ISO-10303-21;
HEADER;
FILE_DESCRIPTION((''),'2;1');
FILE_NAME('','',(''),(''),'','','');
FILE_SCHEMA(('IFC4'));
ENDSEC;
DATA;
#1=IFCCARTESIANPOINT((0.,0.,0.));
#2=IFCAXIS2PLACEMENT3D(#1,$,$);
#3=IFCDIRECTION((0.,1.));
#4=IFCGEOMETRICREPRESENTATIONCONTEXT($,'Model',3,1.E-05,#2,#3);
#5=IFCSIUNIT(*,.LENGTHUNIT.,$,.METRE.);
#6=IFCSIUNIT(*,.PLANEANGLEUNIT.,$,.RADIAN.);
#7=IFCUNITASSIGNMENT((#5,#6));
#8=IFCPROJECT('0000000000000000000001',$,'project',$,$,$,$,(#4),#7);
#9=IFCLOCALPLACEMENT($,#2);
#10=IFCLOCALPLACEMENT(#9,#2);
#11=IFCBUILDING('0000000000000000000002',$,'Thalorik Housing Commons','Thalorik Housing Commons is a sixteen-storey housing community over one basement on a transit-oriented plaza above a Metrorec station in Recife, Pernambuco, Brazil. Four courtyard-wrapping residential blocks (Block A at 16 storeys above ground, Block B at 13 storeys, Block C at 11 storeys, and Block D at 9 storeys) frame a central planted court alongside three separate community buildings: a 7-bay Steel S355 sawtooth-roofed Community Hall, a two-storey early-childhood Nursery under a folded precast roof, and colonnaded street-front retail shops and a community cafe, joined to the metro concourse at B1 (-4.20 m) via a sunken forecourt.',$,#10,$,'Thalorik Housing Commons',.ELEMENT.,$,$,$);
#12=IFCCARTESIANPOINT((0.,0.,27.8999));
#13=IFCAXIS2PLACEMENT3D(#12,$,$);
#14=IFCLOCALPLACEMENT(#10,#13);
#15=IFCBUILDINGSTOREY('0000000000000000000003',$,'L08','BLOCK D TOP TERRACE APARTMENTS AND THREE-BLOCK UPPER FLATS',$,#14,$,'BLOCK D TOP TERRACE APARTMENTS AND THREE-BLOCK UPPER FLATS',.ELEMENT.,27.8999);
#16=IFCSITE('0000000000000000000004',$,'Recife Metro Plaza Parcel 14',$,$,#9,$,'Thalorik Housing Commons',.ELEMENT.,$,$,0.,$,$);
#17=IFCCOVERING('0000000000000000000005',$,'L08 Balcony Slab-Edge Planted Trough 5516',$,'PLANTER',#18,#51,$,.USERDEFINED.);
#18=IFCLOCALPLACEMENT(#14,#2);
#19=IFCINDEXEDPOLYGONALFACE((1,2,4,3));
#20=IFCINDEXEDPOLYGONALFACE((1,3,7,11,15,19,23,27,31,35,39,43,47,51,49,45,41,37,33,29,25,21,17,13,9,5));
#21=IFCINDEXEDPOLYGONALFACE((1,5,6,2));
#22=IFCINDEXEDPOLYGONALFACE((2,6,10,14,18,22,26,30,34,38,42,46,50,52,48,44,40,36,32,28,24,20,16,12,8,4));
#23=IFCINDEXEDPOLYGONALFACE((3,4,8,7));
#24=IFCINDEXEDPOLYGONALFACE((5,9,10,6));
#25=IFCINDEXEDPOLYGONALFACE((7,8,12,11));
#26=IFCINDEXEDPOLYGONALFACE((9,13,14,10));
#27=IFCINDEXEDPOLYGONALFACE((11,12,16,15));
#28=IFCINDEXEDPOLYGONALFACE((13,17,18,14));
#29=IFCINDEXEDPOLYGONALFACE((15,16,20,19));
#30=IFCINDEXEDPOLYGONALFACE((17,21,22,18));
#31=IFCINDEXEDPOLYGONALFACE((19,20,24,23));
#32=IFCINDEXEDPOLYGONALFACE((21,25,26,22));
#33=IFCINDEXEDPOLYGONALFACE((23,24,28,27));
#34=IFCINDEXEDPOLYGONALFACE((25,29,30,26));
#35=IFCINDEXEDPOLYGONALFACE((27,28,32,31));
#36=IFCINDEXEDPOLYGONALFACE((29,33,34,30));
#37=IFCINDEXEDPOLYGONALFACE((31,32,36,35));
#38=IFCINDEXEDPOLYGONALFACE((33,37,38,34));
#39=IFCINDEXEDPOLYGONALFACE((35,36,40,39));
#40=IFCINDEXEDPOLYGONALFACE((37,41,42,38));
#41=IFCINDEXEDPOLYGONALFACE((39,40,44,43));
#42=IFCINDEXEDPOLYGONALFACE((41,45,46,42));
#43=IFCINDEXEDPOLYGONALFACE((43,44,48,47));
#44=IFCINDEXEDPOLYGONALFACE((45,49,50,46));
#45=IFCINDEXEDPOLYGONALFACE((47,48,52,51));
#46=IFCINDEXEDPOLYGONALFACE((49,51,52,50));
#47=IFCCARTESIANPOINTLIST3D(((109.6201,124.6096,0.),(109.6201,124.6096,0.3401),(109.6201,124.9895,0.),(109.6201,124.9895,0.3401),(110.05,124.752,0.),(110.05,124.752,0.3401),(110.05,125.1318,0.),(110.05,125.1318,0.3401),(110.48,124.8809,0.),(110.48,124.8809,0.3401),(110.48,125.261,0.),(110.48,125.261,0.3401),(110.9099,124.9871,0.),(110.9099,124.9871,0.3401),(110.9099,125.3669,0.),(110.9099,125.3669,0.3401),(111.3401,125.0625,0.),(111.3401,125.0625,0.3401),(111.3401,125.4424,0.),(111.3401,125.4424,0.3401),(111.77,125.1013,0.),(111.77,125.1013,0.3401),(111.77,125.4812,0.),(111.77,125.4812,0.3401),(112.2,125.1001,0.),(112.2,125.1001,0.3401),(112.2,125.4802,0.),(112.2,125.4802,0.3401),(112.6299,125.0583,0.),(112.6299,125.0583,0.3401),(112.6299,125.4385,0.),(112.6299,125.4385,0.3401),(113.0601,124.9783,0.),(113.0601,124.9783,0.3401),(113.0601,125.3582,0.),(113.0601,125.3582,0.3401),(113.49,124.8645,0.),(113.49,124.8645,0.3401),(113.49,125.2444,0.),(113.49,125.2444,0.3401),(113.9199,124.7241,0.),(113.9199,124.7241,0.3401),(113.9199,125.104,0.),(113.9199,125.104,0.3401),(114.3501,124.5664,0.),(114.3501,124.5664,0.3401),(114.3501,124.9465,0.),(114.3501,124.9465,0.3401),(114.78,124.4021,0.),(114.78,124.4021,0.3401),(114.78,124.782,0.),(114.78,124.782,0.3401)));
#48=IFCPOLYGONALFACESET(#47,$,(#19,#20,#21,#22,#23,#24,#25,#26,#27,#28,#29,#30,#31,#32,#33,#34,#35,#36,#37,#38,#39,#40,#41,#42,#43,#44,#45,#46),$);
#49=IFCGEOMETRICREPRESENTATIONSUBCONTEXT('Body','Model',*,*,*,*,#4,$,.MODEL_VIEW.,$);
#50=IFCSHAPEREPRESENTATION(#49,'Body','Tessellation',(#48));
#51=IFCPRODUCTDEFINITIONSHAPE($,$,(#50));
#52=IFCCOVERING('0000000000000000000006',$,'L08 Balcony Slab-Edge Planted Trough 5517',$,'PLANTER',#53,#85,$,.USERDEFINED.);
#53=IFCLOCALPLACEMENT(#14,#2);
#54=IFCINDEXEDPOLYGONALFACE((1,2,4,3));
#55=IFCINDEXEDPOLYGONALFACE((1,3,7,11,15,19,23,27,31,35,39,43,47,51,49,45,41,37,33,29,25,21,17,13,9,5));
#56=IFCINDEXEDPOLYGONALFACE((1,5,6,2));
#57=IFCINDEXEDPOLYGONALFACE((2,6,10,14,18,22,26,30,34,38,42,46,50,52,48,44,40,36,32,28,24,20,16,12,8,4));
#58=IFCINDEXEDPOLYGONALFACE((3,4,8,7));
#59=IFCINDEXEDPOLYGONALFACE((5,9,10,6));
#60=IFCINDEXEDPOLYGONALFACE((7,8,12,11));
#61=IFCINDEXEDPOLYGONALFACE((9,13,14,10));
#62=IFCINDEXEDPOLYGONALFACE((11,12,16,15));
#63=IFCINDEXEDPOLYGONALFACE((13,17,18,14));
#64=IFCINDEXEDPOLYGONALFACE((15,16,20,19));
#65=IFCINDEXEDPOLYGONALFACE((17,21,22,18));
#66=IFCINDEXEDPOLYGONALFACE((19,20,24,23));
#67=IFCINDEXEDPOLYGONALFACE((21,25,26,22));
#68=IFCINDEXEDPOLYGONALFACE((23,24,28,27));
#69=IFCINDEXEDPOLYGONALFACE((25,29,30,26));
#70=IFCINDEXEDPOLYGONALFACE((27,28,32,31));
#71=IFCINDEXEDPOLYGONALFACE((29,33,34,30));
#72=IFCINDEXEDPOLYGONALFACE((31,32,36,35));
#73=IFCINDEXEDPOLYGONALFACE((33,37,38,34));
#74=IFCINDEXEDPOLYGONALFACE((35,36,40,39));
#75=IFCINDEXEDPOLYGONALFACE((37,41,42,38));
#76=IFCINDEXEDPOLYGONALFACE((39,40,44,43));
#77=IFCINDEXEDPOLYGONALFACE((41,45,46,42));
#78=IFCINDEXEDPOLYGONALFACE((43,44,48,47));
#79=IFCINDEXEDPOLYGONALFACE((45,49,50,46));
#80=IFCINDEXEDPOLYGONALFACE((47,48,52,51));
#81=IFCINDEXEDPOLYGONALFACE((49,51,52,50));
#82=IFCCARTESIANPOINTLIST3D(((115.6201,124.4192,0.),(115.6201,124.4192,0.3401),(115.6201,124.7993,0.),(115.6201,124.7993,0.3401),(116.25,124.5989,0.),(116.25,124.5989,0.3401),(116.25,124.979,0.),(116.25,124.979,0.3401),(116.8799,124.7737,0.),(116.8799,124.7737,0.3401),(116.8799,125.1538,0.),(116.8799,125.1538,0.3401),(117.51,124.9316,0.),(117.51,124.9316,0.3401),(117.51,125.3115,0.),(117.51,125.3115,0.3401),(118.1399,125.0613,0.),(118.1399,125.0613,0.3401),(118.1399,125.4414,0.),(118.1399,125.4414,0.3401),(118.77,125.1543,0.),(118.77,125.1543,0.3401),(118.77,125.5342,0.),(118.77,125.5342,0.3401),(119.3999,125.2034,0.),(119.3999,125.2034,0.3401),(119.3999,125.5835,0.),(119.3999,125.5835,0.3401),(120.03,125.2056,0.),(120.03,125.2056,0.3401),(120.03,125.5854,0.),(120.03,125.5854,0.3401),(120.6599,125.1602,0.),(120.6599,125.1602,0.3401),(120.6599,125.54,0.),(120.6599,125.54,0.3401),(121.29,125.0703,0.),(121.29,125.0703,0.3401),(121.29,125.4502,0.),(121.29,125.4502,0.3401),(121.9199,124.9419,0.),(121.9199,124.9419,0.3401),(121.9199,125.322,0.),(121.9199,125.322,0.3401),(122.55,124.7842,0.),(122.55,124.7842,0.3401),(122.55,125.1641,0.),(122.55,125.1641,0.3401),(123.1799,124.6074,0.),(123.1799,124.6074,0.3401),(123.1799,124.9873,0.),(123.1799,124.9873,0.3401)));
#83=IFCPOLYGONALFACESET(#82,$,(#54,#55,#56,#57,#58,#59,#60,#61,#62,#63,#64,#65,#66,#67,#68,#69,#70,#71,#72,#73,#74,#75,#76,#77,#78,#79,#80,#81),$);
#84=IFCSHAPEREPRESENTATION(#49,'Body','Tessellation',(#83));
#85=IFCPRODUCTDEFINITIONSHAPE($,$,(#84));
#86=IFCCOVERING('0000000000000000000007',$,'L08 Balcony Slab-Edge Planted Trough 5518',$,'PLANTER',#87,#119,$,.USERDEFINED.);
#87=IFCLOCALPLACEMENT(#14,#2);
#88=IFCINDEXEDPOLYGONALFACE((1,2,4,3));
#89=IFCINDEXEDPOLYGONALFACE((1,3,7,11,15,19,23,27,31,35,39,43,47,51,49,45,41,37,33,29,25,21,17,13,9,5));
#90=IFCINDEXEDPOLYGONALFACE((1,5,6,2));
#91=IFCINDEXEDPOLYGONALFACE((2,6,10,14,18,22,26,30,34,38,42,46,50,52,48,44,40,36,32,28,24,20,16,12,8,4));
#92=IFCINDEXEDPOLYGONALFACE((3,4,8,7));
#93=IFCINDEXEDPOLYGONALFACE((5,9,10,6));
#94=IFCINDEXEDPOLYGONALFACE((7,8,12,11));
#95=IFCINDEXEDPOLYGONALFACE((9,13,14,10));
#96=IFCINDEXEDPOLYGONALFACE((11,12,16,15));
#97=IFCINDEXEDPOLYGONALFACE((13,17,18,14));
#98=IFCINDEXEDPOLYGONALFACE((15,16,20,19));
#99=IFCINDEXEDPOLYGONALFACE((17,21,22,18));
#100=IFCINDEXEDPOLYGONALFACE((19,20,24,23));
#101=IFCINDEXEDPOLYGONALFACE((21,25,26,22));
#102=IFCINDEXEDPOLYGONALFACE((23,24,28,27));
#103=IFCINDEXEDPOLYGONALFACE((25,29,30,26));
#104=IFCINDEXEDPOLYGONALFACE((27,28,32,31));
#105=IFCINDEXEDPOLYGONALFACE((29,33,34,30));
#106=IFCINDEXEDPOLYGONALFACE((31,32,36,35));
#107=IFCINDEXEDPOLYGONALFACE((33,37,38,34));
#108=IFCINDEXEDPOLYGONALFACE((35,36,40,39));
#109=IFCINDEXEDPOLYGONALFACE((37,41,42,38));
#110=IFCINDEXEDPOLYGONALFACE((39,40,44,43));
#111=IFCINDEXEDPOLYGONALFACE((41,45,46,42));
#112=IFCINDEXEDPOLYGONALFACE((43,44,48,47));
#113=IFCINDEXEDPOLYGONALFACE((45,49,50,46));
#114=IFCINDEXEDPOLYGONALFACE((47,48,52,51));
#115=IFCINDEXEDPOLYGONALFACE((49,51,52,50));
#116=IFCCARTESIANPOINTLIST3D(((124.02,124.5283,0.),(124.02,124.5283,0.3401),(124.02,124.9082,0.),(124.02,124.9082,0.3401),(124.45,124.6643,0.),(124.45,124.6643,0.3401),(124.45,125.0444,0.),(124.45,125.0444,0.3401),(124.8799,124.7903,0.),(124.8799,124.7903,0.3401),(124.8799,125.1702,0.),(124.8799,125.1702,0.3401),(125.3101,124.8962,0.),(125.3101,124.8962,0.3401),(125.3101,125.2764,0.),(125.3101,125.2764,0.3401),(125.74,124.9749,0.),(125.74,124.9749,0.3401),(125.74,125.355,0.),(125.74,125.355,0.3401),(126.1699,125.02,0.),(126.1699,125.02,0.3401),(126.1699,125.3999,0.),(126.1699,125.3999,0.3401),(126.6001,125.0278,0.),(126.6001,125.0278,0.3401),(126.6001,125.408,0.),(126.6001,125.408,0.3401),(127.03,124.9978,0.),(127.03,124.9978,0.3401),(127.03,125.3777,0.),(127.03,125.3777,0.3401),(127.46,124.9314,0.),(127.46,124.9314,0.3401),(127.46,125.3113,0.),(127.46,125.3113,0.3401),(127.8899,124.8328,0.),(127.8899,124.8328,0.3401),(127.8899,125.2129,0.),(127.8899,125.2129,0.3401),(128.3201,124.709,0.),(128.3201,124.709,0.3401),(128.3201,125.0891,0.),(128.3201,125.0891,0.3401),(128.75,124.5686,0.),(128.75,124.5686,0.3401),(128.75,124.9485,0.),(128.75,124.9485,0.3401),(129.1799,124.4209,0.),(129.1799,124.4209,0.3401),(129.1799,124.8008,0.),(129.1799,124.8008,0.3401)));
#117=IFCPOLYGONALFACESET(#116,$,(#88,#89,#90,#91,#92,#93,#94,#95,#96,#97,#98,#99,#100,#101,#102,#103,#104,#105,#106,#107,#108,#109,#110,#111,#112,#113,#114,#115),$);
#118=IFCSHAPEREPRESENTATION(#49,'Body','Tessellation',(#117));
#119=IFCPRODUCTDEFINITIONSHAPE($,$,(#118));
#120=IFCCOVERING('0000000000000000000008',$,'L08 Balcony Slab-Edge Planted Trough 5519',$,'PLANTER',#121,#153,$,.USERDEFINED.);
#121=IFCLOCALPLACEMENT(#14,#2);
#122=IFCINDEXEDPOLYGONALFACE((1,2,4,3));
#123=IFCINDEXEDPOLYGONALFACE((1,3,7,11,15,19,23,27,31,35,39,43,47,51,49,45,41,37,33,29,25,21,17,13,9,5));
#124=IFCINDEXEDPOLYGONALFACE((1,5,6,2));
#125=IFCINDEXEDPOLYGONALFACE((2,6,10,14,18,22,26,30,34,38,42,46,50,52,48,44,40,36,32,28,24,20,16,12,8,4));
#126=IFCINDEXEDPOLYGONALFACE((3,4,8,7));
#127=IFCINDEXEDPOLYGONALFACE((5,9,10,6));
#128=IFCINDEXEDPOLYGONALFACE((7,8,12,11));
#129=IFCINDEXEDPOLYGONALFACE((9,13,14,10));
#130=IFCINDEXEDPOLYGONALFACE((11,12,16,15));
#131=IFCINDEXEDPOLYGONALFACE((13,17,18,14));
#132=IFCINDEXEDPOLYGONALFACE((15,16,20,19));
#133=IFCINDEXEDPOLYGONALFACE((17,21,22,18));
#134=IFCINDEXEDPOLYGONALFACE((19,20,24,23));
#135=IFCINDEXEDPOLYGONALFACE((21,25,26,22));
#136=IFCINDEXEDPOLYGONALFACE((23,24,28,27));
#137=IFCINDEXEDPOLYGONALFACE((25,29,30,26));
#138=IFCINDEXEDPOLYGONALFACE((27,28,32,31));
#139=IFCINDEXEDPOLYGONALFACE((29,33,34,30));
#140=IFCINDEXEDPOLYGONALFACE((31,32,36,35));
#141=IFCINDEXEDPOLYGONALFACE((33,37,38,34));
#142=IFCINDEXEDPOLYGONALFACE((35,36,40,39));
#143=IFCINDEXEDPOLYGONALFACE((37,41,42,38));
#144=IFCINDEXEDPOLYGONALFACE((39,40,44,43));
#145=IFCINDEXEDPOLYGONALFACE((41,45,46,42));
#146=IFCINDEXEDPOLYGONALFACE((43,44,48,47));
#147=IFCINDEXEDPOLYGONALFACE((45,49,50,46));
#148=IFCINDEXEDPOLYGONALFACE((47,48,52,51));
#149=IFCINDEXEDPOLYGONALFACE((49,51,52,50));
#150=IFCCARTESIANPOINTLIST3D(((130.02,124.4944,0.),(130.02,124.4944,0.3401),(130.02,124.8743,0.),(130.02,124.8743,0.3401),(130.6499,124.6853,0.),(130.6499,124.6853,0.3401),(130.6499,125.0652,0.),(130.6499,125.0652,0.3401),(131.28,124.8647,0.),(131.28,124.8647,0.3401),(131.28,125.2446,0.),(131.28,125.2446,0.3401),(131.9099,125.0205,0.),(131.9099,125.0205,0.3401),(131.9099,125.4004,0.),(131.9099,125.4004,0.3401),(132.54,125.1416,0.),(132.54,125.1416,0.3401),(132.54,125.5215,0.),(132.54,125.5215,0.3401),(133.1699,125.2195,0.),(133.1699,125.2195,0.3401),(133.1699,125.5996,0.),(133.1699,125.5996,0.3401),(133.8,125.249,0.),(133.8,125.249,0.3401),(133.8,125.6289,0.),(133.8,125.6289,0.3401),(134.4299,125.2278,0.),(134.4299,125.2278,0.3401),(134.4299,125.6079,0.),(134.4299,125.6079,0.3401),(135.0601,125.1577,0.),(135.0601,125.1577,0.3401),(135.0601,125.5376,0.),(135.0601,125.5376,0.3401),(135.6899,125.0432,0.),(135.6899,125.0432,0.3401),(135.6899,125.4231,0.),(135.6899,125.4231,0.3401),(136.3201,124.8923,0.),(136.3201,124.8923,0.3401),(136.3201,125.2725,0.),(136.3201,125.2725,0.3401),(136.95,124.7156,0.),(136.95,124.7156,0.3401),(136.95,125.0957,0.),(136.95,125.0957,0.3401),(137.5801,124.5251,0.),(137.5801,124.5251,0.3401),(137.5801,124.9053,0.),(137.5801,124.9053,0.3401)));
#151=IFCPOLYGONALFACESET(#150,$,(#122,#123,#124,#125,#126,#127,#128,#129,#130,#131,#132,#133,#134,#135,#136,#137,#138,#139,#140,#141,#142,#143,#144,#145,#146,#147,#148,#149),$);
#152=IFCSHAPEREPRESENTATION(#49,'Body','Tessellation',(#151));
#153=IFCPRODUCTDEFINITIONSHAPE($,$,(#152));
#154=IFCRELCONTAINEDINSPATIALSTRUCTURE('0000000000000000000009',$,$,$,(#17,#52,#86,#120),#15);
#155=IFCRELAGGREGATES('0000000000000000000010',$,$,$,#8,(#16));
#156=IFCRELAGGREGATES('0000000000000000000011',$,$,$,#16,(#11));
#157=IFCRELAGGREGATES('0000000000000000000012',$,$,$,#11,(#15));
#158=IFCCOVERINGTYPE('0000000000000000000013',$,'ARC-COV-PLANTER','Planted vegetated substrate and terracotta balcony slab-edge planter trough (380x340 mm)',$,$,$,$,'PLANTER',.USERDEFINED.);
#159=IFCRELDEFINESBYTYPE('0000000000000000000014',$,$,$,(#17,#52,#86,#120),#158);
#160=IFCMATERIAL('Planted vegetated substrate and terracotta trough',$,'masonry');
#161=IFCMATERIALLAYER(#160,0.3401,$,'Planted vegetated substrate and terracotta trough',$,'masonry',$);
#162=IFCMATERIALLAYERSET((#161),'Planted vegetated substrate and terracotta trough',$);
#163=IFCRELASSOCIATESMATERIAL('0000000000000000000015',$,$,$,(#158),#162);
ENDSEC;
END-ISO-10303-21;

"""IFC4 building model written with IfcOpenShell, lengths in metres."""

from ifc_helpers import new_model, si_unit, direction, frame, origin, place, context, subcontext, project, spatial, polyline, outline, extrude, material, layer, layer_set, type_object, element, save


model = new_model("IFC4")

# Units and contexts
model_context = context("Model", 3, precision=1e-05, world=origin(), true_north=direction((0.0, 1.0)))
body_context = subcontext(model_context, "Body", "Model", "MODEL_VIEW")
ifc_project = project(units=[si_unit("LENGTHUNIT", "METRE"), si_unit("PLANEANGLEUNIT", "RADIAN")], contexts=[model_context])

# Site, building, storey
site_placement = place(None, origin())
site = spatial("IfcSite", under=ifc_project, at=site_placement, Name="Recife Metro Plaza Parcel 14", LongName="Thalorik Housing Commons", CompositionType="ELEMENT", RefElevation=0.0)
building_placement = place(site_placement, origin())
building = spatial("IfcBuilding", under=site, at=building_placement, Name="Thalorik Housing Commons", Description="Thalorik Housing Commons is a sixteen-storey housing community over one basement on a transit-oriented plaza above a Metrorec station in Recife, Pernambuco, Brazil. Four courtyard-wrapping residential blocks (Block A at 16 storeys above ground, Block B at 13 storeys, Block C at 11 storeys, and Block D at 9 storeys) frame a central planted court alongside three separate community buildings: a 7-bay Steel S355 sawtooth-roofed Community Hall, a two-storey early-childhood Nursery under a folded precast roof, and colonnaded street-front retail shops and a community cafe, joined to the metro concourse at B1 (-4.20 m) via a sunken forecourt.", LongName="Thalorik Housing Commons", CompositionType="ELEMENT")
storey_placement = place(building_placement, frame((0.0, 0.0, 27.8999)))
storey = spatial("IfcBuildingStorey", under=building, at=storey_placement, Name="L08", Description="BLOCK D TOP TERRACE APARTMENTS AND THREE-BLOCK UPPER FLATS", LongName="BLOCK D TOP TERRACE APARTMENTS AND THREE-BLOCK UPPER FLATS", CompositionType="ELEMENT", Elevation=27.8999)

# Coverings
ifc_material = material(Name="Planted vegetated substrate and terracotta trough", Category="masonry")
ifc_layer = layer(ifc_material, 0.3401, Name="Planted vegetated substrate and terracotta trough", Category="masonry")
ifc_layer_set = layer_set([ifc_layer], Name="Planted vegetated substrate and terracotta trough")
covering_type = type_object("IfcCoveringType", Name="ARC-COV-PLANTER", Description="Planted vegetated substrate and terracotta balcony slab-edge planter trough (380x340 mm)", ElementType="PLANTER", PredefinedType="USERDEFINED", material=ifc_layer_set)
covering_1_placement = place(storey_placement, origin())
element("IfcCovering", 1, at=covering_1_placement, inside=storey, type_object=covering_type, Name="L08 Balcony Slab-Edge Planted Trough 5516", ObjectType="PLANTER", PredefinedType="USERDEFINED", context=body_context, shape_type="SweptSolid", body=[
    extrude(outline(polyline([(114.78, 124.782), (114.3501, 124.9465), (113.9199, 125.104), (113.49, 125.2444), (113.0601, 125.3582), (112.6299, 125.4385), (112.2, 125.4802), (111.77, 125.4812), (111.3401, 125.4424), (110.9099, 125.3669), (110.48, 125.261), (110.05, 125.1318), (109.6201, 124.9895), (109.6201, 124.6096), (110.05, 124.752), (110.48, 124.8809), (110.9099, 124.9871), (111.3401, 125.0625), (111.77, 125.1013), (112.2, 125.1001), (112.6299, 125.0583), (113.0601, 124.9783), (113.49, 124.8645), (113.9199, 124.7241), (114.3501, 124.5664), (114.78, 124.4021), (114.78, 124.782)])), origin(), (0.0, 0.0, 1.0), 0.3401),
])
covering_2_placement = place(storey_placement, origin())
element("IfcCovering", 2, at=covering_2_placement, inside=storey, type_object=covering_type, Name="L08 Balcony Slab-Edge Planted Trough 5517", ObjectType="PLANTER", PredefinedType="USERDEFINED", context=body_context, shape_type="SweptSolid", body=[
    extrude(outline(polyline([(123.1799, 124.9873), (122.55, 125.1641), (121.9199, 125.322), (121.29, 125.4502), (120.6599, 125.54), (120.03, 125.5854), (119.3999, 125.5835), (118.77, 125.5342), (118.1399, 125.4414), (117.51, 125.3115), (116.8799, 125.1538), (116.25, 124.979), (115.6201, 124.7993), (115.6201, 124.4192), (116.25, 124.5989), (116.8799, 124.7737), (117.51, 124.9316), (118.1399, 125.0613), (118.77, 125.1543), (119.3999, 125.2034), (120.03, 125.2056), (120.6599, 125.1602), (121.29, 125.0703), (121.9199, 124.9419), (122.55, 124.7842), (123.1799, 124.6074), (123.1799, 124.9873)])), origin(), (0.0, 0.0, 1.0), 0.3401),
])
covering_3_placement = place(storey_placement, origin())
element("IfcCovering", 3, at=covering_3_placement, inside=storey, type_object=covering_type, Name="L08 Balcony Slab-Edge Planted Trough 5518", ObjectType="PLANTER", PredefinedType="USERDEFINED", context=body_context, shape_type="SweptSolid", body=[
    extrude(outline(polyline([(129.1799, 124.8008), (128.75, 124.9485), (128.3201, 125.0891), (127.8899, 125.2129), (127.46, 125.3113), (127.03, 125.3777), (126.6001, 125.408), (126.1699, 125.3999), (125.74, 125.355), (125.3101, 125.2764), (124.8799, 125.1702), (124.45, 125.0444), (124.02, 124.9082), (124.02, 124.5283), (124.45, 124.6643), (124.8799, 124.7903), (125.3101, 124.8962), (125.74, 124.9749), (126.1699, 125.02), (126.6001, 125.0278), (127.03, 124.9978), (127.46, 124.9314), (127.8899, 124.8328), (128.3201, 124.709), (128.75, 124.5686), (129.1799, 124.4209), (129.1799, 124.8008)])), origin(), (0.0, 0.0, 1.0), 0.3401),
])
covering_4_placement = place(storey_placement, origin())
element("IfcCovering", 4, at=covering_4_placement, inside=storey, type_object=covering_type, Name="L08 Balcony Slab-Edge Planted Trough 5519", ObjectType="PLANTER", PredefinedType="USERDEFINED", context=body_context, shape_type="SweptSolid", body=[
    extrude(outline(polyline([(137.5801, 124.9053), (136.95, 125.0957), (136.3201, 125.2725), (135.6899, 125.4231), (135.0601, 125.5376), (134.4299, 125.6079), (133.8, 125.6289), (133.1699, 125.5996), (132.54, 125.5215), (131.9099, 125.4004), (131.28, 125.2446), (130.6499, 125.0652), (130.02, 124.8743), (130.02, 124.4944), (130.6499, 124.6853), (131.28, 124.8647), (131.9099, 125.0205), (132.54, 125.1416), (133.1699, 125.2195), (133.8, 125.249), (134.4299, 125.2278), (135.0601, 125.1577), (135.6899, 125.0432), (136.3201, 124.8923), (136.95, 124.7156), (137.5801, 124.5251), (137.5801, 124.9053)])), origin(), (0.0, 0.0, 1.0), 0.3401),
])

save(model, "model.ifc")
